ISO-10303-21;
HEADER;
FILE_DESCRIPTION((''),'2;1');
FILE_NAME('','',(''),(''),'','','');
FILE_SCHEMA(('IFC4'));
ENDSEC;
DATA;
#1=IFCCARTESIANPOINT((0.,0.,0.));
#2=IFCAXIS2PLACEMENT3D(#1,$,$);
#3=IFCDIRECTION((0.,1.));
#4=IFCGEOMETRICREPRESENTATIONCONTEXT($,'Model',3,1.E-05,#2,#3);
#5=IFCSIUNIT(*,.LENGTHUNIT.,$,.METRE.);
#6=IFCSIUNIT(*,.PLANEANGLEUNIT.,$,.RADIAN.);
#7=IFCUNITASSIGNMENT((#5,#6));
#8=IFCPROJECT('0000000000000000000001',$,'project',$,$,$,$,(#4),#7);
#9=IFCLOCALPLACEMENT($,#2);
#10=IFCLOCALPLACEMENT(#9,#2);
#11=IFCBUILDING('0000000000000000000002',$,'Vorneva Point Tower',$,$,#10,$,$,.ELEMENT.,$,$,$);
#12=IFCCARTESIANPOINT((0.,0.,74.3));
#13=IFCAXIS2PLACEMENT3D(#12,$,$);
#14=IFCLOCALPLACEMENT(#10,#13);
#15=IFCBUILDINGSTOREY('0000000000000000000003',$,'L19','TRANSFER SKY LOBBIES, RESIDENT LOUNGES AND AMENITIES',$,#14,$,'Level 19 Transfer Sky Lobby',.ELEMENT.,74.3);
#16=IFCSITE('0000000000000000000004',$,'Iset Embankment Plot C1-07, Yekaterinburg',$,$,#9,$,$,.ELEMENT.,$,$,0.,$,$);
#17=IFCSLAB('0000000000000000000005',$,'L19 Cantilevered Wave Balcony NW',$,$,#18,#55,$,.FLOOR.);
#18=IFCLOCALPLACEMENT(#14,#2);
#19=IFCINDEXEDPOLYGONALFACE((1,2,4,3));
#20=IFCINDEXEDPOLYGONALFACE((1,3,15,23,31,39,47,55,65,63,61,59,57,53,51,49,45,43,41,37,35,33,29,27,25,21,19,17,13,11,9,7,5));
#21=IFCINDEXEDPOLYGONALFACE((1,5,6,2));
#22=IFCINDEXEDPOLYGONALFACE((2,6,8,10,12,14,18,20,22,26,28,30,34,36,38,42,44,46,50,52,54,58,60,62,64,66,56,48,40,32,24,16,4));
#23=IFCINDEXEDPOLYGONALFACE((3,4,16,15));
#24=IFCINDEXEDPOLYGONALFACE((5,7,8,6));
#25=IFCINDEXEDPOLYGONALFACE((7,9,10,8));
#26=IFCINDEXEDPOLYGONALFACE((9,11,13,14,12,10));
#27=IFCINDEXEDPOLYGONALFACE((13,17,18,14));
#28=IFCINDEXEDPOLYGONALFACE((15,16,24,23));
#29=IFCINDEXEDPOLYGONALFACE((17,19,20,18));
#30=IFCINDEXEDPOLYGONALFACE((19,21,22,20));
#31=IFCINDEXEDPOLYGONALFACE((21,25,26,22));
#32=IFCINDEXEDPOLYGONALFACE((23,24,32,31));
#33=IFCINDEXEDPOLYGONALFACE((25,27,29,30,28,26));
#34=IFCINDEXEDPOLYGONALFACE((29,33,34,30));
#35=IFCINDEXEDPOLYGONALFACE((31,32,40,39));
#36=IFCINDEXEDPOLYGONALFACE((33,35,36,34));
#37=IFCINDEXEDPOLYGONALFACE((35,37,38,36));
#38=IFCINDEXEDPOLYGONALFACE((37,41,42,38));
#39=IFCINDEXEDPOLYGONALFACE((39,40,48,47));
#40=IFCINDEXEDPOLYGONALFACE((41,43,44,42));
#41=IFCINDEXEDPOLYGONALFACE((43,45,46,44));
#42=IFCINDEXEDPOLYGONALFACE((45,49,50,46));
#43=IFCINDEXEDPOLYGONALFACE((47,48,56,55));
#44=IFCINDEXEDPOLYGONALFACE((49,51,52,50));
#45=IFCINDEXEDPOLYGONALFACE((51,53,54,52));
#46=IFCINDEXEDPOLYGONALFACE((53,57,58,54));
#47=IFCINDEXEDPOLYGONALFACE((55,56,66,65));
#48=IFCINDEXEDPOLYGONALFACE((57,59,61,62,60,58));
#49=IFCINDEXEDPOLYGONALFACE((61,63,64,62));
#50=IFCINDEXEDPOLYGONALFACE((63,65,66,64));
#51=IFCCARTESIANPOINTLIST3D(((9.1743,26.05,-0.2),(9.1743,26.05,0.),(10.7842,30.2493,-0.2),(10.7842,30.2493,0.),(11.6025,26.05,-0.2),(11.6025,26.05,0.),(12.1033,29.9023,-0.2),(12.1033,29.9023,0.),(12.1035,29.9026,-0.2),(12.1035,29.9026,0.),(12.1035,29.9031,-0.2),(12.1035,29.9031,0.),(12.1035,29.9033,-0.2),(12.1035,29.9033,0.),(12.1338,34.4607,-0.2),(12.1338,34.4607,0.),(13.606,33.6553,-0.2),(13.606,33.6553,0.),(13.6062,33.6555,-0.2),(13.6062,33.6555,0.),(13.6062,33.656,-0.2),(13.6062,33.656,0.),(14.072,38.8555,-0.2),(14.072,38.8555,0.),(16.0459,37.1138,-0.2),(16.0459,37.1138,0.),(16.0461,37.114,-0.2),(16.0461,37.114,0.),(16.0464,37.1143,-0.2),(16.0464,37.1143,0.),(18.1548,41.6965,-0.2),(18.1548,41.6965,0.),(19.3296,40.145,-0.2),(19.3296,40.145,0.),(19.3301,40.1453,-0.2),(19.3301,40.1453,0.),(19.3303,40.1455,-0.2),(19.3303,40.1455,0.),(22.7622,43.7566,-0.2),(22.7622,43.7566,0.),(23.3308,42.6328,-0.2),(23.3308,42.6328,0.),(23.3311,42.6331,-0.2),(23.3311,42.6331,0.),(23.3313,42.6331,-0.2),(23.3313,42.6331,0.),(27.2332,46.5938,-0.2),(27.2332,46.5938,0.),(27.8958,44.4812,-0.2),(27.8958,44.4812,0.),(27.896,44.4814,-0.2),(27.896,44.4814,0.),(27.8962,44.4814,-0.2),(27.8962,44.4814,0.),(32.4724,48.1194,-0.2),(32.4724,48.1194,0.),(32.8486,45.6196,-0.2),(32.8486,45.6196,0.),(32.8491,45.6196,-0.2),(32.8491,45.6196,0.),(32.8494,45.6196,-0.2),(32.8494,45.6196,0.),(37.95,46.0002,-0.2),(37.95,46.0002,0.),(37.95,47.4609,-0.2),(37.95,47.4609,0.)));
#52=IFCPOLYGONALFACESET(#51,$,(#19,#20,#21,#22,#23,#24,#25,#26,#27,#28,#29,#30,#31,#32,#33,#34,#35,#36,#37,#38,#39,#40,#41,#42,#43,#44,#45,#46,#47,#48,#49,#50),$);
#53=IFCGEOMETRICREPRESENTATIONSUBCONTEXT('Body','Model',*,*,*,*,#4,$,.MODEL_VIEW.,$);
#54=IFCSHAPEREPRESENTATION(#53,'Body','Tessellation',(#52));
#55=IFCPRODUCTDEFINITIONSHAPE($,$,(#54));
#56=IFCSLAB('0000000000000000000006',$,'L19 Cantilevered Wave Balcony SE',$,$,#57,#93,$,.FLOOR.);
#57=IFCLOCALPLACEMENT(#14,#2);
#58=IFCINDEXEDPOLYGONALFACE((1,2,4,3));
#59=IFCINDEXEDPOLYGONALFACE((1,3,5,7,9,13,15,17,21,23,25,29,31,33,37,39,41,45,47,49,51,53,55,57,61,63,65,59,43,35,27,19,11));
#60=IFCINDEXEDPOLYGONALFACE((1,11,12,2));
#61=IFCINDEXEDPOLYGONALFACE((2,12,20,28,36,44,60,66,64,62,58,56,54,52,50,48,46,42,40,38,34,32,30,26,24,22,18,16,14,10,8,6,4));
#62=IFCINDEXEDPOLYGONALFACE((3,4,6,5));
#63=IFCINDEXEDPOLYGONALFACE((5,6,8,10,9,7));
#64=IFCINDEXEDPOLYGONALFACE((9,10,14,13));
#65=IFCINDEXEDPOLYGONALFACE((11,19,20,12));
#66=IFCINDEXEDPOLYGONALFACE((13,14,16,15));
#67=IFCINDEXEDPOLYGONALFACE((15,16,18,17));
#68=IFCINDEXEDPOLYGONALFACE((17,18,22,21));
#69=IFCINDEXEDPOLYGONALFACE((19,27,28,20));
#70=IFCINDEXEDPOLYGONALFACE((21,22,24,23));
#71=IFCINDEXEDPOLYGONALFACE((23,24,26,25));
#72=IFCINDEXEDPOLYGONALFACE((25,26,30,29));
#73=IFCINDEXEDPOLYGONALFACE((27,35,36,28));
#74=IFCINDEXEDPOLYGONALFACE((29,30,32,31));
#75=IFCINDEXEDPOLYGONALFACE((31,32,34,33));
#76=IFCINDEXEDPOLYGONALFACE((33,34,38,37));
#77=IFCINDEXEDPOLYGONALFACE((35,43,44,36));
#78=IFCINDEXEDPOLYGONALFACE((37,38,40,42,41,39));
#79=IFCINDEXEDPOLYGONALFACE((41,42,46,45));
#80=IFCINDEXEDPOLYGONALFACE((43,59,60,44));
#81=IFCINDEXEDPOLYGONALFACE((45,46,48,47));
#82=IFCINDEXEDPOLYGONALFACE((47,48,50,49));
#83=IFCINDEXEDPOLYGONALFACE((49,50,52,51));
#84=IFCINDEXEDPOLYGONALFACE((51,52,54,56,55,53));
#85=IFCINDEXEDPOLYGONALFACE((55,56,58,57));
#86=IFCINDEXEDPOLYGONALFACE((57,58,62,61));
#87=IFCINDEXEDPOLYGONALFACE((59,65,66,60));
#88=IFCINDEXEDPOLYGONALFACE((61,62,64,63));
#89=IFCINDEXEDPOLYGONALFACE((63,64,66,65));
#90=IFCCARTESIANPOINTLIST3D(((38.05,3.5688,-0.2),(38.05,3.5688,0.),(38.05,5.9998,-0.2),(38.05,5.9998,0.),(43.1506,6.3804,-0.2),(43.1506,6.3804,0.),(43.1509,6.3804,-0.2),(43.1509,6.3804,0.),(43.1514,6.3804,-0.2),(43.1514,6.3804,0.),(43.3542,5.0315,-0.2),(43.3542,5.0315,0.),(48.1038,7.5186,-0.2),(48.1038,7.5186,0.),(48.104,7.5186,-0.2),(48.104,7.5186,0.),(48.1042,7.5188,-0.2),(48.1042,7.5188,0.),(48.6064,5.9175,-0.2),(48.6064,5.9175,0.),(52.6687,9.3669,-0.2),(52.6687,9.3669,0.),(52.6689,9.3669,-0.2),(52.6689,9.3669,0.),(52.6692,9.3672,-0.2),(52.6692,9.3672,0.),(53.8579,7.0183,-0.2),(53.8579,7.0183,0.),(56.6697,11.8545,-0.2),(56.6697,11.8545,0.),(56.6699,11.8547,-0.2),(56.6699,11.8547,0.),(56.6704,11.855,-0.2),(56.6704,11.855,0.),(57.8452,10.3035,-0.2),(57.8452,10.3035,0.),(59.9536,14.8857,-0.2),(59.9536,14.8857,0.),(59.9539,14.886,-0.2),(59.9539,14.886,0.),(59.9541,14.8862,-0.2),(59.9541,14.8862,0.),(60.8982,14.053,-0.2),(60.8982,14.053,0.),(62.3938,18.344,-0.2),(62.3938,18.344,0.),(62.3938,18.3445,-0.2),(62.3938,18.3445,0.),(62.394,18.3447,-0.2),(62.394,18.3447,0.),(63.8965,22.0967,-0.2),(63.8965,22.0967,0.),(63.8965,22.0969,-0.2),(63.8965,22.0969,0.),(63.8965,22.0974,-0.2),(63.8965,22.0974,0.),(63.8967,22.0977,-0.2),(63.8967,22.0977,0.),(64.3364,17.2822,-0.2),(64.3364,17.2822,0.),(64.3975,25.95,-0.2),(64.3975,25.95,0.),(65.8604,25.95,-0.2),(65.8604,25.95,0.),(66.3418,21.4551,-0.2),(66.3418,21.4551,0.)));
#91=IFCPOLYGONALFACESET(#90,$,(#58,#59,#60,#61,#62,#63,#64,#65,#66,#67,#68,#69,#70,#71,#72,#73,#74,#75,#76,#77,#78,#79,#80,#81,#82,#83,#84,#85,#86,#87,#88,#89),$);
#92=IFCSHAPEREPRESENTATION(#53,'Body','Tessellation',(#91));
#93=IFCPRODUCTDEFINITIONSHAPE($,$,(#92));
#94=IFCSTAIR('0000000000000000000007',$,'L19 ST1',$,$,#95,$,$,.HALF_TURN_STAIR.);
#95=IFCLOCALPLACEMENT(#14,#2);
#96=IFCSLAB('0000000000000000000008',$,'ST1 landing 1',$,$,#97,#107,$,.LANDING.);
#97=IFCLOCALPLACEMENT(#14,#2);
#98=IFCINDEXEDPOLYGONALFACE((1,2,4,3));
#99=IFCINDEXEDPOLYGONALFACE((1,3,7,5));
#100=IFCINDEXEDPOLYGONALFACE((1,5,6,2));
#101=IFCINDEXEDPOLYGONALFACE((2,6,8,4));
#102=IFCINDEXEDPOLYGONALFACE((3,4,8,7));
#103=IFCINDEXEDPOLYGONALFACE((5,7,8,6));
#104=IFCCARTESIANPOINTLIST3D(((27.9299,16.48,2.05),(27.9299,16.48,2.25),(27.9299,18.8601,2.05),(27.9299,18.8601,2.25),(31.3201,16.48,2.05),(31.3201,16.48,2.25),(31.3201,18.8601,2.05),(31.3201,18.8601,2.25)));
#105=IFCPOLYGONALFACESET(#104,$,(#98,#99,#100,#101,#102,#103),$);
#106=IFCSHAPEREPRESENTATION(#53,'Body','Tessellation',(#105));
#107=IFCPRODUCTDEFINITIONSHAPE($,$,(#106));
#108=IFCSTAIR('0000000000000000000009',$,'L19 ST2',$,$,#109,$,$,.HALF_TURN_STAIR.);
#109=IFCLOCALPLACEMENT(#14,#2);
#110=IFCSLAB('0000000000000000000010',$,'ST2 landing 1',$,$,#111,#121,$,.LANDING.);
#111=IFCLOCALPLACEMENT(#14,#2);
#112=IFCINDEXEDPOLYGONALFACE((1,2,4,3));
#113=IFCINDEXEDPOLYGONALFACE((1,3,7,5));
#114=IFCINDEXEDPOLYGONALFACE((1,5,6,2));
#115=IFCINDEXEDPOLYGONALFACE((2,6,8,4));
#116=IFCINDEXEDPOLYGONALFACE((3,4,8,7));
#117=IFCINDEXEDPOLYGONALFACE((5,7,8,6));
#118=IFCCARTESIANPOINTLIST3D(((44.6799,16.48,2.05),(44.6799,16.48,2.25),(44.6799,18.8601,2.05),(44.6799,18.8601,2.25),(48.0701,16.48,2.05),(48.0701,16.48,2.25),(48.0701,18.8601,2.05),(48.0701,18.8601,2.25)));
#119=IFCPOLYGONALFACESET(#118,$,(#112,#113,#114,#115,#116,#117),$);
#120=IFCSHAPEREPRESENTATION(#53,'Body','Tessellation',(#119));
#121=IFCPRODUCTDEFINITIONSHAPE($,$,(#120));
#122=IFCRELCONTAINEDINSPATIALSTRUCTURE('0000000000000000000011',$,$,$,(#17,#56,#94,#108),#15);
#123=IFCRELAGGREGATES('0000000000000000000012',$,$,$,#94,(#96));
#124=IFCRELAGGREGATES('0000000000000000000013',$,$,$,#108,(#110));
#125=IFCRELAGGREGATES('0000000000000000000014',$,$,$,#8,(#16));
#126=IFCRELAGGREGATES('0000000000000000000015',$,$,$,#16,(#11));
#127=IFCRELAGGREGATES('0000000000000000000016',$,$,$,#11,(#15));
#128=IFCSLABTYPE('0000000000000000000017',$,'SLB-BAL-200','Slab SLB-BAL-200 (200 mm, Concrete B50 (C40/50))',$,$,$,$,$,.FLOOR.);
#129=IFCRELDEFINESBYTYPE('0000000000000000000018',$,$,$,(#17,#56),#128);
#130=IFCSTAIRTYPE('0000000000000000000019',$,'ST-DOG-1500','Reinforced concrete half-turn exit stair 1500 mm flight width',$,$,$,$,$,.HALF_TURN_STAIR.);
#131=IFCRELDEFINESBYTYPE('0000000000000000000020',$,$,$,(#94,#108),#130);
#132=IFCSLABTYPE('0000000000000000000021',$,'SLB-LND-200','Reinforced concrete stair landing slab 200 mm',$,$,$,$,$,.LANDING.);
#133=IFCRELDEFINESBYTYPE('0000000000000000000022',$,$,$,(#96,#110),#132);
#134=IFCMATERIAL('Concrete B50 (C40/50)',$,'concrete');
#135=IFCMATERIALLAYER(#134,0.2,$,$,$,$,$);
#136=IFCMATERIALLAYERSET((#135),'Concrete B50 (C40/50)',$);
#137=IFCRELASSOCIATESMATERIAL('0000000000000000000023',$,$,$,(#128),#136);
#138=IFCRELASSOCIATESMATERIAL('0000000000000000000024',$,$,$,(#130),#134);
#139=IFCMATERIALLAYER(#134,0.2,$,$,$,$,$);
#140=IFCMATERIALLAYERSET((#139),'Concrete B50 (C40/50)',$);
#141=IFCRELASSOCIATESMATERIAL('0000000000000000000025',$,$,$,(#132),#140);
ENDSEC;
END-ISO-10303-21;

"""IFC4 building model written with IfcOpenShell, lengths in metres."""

from ifc_helpers import new_model, si_unit, direction, frame, origin, place, context, subcontext, project, spatial, polyline, outline, extrude, material, layer, layer_set, type_object, element, aggregate, save


model = new_model("IFC4")

# Units and contexts
model_context = context("Model", 3, precision=1e-05, world=origin(), true_north=direction((0.0, 1.0)))
body_context = subcontext(model_context, "Body", "Model", "MODEL_VIEW")
ifc_project = project(units=[si_unit("LENGTHUNIT", "METRE"), si_unit("PLANEANGLEUNIT", "RADIAN")], contexts=[model_context])

# Site, building, storey
site_placement = place(None, origin())
site = spatial("IfcSite", under=ifc_project, at=site_placement, Name="Iset Embankment Plot C1-07, Yekaterinburg", CompositionType="ELEMENT", RefElevation=0.0)
building_placement = place(site_placement, origin())
building = spatial("IfcBuilding", under=site, at=building_placement, Name="Vorneva Point Tower", CompositionType="ELEMENT")
storey_placement = place(building_placement, frame((0.0, 0.0, 74.3)))
storey = spatial("IfcBuildingStorey", under=building, at=storey_placement, Name="L19", Description="TRANSFER SKY LOBBIES, RESIDENT LOUNGES AND AMENITIES", LongName="Level 19 Transfer Sky Lobby", CompositionType="ELEMENT", Elevation=74.3)

# Slabs
ifc_material_1 = material(Name="Concrete B50 (C40/50)", Category="concrete")
ifc_layer_1 = layer(ifc_material_1, 0.2)
ifc_layer_set_1 = layer_set([ifc_layer_1], Name="Concrete B50 (C40/50)")
slab_type_1 = type_object("IfcSlabType", Name="SLB-BAL-200", Description="Slab SLB-BAL-200 (200 mm, Concrete B50 (C40/50))", PredefinedType="FLOOR", material=ifc_layer_set_1)
slab_1_placement = place(storey_placement, frame((0.0, 0.0, -0.2)))
element("IfcSlab", 1, at=slab_1_placement, inside=storey, type_object=slab_type_1, Name="L19 Cantilevered Wave Balcony NW", PredefinedType="FLOOR", context=body_context, shape_type="SweptSolid", body=[
    extrude(outline(polyline([(9.1743, 26.05), (11.6025, 26.05), (12.1033, 29.9023), (12.1035, 29.9026), (12.1035, 29.9031), (12.1035, 29.9033), (13.606, 33.6553), (13.6062, 33.6555), (13.6062, 33.656), (16.0459, 37.1138), (16.0461, 37.114), (16.0464, 37.1143), (19.3296, 40.145), (19.3301, 40.1453), (19.3303, 40.1455), (23.3308, 42.6328), (23.3311, 42.6331), (23.3313, 42.6331), (27.8958, 44.4812), (27.896, 44.4814), (27.8962, 44.4814), (32.8486, 45.6196), (32.8491, 45.6196), (32.8494, 45.6196), (37.95, 46.0002), (37.95, 47.4609), (32.4724, 48.1194), (27.2332, 46.5938), (22.7622, 43.7566), (18.1548, 41.6965), (14.072, 38.8555), (12.1338, 34.4607), (10.7842, 30.2493), (9.1743, 26.05)])), origin(), (0.0, 0.0, 1.0), 0.2),
])
slab_2_placement = place(storey_placement, frame((0.0, 0.0, -0.2)))
element("IfcSlab", 2, at=slab_2_placement, inside=storey, type_object=slab_type_1, Name="L19 Cantilevered Wave Balcony SE", PredefinedType="FLOOR", context=body_context, shape_type="SweptSolid", body=[
    extrude(outline(polyline([(66.3418, 21.4551), (65.8604, 25.95), (64.3975, 25.95), (63.8967, 22.0977), (63.8965, 22.0974), (63.8965, 22.0969), (63.8965, 22.0967), (62.394, 18.3447), (62.3938, 18.3445), (62.3938, 18.344), (59.9541, 14.8862), (59.9539, 14.886), (59.9536, 14.8857), (56.6704, 11.855), (56.6699, 11.8547), (56.6697, 11.8545), (52.6692, 9.3672), (52.6689, 9.3669), (52.6687, 9.3669), (48.1042, 7.5188), (48.104, 7.5186), (48.1038, 7.5186), (43.1514, 6.3804), (43.1509, 6.3804), (43.1506, 6.3804), (38.05, 5.9998), (38.05, 3.5688), (43.3542, 5.0315), (48.6064, 5.9175), (53.8579, 7.0183), (57.8452, 10.3035), (60.8982, 14.053), (64.3364, 17.2822), (66.3418, 21.4551)])), origin(), (0.0, 0.0, 1.0), 0.2),
])

# Stairs, slabs
stair_type = type_object("IfcStairType", Name="ST-DOG-1500", Description="Reinforced concrete half-turn exit stair 1500 mm flight width", PredefinedType="HALF_TURN_STAIR", material=ifc_material_1)
stair_1_placement = place(storey_placement, origin())
stair_1 = element("IfcStair", 3, at=stair_1_placement, inside=storey, type_object=stair_type, Name="L19 ST1", PredefinedType="HALF_TURN_STAIR")
ifc_layer_2 = layer(ifc_material_1, 0.2)
ifc_layer_set_2 = layer_set([ifc_layer_2], Name="Concrete B50 (C40/50)")
slab_type_2 = type_object("IfcSlabType", Name="SLB-LND-200", Description="Reinforced concrete stair landing slab 200 mm", PredefinedType="LANDING", material=ifc_layer_set_2)
slab_3_placement = place(storey_placement, frame((0.0, 0.0, 2.05)))
slab_3 = element("IfcSlab", 4, at=slab_3_placement, type_object=slab_type_2, Name="ST1 landing 1", PredefinedType="LANDING", context=body_context, shape_type="SweptSolid", body=[
    extrude(outline(polyline([(27.9299, 16.48), (31.3201, 16.48), (31.3201, 18.8601), (27.9299, 18.8601), (27.9299, 16.48)])), origin(), (0.0, 0.0, 1.0), 0.2),
])
aggregate(stair_1, [slab_3])
stair_2_placement = place(storey_placement, origin())
stair_2 = element("IfcStair", 5, at=stair_2_placement, inside=storey, type_object=stair_type, Name="L19 ST2", PredefinedType="HALF_TURN_STAIR")
slab_4_placement = place(storey_placement, frame((0.0, 0.0, 2.05)))
slab_4 = element("IfcSlab", 6, at=slab_4_placement, type_object=slab_type_2, Name="ST2 landing 1", PredefinedType="LANDING", context=body_context, shape_type="SweptSolid", body=[
    extrude(outline(polyline([(44.6799, 16.48), (48.0701, 16.48), (48.0701, 18.8601), (44.6799, 18.8601), (44.6799, 16.48)])), origin(), (0.0, 0.0, 1.0), 0.2),
])
aggregate(stair_2, [slab_4])

save(model, "model.ifc")
